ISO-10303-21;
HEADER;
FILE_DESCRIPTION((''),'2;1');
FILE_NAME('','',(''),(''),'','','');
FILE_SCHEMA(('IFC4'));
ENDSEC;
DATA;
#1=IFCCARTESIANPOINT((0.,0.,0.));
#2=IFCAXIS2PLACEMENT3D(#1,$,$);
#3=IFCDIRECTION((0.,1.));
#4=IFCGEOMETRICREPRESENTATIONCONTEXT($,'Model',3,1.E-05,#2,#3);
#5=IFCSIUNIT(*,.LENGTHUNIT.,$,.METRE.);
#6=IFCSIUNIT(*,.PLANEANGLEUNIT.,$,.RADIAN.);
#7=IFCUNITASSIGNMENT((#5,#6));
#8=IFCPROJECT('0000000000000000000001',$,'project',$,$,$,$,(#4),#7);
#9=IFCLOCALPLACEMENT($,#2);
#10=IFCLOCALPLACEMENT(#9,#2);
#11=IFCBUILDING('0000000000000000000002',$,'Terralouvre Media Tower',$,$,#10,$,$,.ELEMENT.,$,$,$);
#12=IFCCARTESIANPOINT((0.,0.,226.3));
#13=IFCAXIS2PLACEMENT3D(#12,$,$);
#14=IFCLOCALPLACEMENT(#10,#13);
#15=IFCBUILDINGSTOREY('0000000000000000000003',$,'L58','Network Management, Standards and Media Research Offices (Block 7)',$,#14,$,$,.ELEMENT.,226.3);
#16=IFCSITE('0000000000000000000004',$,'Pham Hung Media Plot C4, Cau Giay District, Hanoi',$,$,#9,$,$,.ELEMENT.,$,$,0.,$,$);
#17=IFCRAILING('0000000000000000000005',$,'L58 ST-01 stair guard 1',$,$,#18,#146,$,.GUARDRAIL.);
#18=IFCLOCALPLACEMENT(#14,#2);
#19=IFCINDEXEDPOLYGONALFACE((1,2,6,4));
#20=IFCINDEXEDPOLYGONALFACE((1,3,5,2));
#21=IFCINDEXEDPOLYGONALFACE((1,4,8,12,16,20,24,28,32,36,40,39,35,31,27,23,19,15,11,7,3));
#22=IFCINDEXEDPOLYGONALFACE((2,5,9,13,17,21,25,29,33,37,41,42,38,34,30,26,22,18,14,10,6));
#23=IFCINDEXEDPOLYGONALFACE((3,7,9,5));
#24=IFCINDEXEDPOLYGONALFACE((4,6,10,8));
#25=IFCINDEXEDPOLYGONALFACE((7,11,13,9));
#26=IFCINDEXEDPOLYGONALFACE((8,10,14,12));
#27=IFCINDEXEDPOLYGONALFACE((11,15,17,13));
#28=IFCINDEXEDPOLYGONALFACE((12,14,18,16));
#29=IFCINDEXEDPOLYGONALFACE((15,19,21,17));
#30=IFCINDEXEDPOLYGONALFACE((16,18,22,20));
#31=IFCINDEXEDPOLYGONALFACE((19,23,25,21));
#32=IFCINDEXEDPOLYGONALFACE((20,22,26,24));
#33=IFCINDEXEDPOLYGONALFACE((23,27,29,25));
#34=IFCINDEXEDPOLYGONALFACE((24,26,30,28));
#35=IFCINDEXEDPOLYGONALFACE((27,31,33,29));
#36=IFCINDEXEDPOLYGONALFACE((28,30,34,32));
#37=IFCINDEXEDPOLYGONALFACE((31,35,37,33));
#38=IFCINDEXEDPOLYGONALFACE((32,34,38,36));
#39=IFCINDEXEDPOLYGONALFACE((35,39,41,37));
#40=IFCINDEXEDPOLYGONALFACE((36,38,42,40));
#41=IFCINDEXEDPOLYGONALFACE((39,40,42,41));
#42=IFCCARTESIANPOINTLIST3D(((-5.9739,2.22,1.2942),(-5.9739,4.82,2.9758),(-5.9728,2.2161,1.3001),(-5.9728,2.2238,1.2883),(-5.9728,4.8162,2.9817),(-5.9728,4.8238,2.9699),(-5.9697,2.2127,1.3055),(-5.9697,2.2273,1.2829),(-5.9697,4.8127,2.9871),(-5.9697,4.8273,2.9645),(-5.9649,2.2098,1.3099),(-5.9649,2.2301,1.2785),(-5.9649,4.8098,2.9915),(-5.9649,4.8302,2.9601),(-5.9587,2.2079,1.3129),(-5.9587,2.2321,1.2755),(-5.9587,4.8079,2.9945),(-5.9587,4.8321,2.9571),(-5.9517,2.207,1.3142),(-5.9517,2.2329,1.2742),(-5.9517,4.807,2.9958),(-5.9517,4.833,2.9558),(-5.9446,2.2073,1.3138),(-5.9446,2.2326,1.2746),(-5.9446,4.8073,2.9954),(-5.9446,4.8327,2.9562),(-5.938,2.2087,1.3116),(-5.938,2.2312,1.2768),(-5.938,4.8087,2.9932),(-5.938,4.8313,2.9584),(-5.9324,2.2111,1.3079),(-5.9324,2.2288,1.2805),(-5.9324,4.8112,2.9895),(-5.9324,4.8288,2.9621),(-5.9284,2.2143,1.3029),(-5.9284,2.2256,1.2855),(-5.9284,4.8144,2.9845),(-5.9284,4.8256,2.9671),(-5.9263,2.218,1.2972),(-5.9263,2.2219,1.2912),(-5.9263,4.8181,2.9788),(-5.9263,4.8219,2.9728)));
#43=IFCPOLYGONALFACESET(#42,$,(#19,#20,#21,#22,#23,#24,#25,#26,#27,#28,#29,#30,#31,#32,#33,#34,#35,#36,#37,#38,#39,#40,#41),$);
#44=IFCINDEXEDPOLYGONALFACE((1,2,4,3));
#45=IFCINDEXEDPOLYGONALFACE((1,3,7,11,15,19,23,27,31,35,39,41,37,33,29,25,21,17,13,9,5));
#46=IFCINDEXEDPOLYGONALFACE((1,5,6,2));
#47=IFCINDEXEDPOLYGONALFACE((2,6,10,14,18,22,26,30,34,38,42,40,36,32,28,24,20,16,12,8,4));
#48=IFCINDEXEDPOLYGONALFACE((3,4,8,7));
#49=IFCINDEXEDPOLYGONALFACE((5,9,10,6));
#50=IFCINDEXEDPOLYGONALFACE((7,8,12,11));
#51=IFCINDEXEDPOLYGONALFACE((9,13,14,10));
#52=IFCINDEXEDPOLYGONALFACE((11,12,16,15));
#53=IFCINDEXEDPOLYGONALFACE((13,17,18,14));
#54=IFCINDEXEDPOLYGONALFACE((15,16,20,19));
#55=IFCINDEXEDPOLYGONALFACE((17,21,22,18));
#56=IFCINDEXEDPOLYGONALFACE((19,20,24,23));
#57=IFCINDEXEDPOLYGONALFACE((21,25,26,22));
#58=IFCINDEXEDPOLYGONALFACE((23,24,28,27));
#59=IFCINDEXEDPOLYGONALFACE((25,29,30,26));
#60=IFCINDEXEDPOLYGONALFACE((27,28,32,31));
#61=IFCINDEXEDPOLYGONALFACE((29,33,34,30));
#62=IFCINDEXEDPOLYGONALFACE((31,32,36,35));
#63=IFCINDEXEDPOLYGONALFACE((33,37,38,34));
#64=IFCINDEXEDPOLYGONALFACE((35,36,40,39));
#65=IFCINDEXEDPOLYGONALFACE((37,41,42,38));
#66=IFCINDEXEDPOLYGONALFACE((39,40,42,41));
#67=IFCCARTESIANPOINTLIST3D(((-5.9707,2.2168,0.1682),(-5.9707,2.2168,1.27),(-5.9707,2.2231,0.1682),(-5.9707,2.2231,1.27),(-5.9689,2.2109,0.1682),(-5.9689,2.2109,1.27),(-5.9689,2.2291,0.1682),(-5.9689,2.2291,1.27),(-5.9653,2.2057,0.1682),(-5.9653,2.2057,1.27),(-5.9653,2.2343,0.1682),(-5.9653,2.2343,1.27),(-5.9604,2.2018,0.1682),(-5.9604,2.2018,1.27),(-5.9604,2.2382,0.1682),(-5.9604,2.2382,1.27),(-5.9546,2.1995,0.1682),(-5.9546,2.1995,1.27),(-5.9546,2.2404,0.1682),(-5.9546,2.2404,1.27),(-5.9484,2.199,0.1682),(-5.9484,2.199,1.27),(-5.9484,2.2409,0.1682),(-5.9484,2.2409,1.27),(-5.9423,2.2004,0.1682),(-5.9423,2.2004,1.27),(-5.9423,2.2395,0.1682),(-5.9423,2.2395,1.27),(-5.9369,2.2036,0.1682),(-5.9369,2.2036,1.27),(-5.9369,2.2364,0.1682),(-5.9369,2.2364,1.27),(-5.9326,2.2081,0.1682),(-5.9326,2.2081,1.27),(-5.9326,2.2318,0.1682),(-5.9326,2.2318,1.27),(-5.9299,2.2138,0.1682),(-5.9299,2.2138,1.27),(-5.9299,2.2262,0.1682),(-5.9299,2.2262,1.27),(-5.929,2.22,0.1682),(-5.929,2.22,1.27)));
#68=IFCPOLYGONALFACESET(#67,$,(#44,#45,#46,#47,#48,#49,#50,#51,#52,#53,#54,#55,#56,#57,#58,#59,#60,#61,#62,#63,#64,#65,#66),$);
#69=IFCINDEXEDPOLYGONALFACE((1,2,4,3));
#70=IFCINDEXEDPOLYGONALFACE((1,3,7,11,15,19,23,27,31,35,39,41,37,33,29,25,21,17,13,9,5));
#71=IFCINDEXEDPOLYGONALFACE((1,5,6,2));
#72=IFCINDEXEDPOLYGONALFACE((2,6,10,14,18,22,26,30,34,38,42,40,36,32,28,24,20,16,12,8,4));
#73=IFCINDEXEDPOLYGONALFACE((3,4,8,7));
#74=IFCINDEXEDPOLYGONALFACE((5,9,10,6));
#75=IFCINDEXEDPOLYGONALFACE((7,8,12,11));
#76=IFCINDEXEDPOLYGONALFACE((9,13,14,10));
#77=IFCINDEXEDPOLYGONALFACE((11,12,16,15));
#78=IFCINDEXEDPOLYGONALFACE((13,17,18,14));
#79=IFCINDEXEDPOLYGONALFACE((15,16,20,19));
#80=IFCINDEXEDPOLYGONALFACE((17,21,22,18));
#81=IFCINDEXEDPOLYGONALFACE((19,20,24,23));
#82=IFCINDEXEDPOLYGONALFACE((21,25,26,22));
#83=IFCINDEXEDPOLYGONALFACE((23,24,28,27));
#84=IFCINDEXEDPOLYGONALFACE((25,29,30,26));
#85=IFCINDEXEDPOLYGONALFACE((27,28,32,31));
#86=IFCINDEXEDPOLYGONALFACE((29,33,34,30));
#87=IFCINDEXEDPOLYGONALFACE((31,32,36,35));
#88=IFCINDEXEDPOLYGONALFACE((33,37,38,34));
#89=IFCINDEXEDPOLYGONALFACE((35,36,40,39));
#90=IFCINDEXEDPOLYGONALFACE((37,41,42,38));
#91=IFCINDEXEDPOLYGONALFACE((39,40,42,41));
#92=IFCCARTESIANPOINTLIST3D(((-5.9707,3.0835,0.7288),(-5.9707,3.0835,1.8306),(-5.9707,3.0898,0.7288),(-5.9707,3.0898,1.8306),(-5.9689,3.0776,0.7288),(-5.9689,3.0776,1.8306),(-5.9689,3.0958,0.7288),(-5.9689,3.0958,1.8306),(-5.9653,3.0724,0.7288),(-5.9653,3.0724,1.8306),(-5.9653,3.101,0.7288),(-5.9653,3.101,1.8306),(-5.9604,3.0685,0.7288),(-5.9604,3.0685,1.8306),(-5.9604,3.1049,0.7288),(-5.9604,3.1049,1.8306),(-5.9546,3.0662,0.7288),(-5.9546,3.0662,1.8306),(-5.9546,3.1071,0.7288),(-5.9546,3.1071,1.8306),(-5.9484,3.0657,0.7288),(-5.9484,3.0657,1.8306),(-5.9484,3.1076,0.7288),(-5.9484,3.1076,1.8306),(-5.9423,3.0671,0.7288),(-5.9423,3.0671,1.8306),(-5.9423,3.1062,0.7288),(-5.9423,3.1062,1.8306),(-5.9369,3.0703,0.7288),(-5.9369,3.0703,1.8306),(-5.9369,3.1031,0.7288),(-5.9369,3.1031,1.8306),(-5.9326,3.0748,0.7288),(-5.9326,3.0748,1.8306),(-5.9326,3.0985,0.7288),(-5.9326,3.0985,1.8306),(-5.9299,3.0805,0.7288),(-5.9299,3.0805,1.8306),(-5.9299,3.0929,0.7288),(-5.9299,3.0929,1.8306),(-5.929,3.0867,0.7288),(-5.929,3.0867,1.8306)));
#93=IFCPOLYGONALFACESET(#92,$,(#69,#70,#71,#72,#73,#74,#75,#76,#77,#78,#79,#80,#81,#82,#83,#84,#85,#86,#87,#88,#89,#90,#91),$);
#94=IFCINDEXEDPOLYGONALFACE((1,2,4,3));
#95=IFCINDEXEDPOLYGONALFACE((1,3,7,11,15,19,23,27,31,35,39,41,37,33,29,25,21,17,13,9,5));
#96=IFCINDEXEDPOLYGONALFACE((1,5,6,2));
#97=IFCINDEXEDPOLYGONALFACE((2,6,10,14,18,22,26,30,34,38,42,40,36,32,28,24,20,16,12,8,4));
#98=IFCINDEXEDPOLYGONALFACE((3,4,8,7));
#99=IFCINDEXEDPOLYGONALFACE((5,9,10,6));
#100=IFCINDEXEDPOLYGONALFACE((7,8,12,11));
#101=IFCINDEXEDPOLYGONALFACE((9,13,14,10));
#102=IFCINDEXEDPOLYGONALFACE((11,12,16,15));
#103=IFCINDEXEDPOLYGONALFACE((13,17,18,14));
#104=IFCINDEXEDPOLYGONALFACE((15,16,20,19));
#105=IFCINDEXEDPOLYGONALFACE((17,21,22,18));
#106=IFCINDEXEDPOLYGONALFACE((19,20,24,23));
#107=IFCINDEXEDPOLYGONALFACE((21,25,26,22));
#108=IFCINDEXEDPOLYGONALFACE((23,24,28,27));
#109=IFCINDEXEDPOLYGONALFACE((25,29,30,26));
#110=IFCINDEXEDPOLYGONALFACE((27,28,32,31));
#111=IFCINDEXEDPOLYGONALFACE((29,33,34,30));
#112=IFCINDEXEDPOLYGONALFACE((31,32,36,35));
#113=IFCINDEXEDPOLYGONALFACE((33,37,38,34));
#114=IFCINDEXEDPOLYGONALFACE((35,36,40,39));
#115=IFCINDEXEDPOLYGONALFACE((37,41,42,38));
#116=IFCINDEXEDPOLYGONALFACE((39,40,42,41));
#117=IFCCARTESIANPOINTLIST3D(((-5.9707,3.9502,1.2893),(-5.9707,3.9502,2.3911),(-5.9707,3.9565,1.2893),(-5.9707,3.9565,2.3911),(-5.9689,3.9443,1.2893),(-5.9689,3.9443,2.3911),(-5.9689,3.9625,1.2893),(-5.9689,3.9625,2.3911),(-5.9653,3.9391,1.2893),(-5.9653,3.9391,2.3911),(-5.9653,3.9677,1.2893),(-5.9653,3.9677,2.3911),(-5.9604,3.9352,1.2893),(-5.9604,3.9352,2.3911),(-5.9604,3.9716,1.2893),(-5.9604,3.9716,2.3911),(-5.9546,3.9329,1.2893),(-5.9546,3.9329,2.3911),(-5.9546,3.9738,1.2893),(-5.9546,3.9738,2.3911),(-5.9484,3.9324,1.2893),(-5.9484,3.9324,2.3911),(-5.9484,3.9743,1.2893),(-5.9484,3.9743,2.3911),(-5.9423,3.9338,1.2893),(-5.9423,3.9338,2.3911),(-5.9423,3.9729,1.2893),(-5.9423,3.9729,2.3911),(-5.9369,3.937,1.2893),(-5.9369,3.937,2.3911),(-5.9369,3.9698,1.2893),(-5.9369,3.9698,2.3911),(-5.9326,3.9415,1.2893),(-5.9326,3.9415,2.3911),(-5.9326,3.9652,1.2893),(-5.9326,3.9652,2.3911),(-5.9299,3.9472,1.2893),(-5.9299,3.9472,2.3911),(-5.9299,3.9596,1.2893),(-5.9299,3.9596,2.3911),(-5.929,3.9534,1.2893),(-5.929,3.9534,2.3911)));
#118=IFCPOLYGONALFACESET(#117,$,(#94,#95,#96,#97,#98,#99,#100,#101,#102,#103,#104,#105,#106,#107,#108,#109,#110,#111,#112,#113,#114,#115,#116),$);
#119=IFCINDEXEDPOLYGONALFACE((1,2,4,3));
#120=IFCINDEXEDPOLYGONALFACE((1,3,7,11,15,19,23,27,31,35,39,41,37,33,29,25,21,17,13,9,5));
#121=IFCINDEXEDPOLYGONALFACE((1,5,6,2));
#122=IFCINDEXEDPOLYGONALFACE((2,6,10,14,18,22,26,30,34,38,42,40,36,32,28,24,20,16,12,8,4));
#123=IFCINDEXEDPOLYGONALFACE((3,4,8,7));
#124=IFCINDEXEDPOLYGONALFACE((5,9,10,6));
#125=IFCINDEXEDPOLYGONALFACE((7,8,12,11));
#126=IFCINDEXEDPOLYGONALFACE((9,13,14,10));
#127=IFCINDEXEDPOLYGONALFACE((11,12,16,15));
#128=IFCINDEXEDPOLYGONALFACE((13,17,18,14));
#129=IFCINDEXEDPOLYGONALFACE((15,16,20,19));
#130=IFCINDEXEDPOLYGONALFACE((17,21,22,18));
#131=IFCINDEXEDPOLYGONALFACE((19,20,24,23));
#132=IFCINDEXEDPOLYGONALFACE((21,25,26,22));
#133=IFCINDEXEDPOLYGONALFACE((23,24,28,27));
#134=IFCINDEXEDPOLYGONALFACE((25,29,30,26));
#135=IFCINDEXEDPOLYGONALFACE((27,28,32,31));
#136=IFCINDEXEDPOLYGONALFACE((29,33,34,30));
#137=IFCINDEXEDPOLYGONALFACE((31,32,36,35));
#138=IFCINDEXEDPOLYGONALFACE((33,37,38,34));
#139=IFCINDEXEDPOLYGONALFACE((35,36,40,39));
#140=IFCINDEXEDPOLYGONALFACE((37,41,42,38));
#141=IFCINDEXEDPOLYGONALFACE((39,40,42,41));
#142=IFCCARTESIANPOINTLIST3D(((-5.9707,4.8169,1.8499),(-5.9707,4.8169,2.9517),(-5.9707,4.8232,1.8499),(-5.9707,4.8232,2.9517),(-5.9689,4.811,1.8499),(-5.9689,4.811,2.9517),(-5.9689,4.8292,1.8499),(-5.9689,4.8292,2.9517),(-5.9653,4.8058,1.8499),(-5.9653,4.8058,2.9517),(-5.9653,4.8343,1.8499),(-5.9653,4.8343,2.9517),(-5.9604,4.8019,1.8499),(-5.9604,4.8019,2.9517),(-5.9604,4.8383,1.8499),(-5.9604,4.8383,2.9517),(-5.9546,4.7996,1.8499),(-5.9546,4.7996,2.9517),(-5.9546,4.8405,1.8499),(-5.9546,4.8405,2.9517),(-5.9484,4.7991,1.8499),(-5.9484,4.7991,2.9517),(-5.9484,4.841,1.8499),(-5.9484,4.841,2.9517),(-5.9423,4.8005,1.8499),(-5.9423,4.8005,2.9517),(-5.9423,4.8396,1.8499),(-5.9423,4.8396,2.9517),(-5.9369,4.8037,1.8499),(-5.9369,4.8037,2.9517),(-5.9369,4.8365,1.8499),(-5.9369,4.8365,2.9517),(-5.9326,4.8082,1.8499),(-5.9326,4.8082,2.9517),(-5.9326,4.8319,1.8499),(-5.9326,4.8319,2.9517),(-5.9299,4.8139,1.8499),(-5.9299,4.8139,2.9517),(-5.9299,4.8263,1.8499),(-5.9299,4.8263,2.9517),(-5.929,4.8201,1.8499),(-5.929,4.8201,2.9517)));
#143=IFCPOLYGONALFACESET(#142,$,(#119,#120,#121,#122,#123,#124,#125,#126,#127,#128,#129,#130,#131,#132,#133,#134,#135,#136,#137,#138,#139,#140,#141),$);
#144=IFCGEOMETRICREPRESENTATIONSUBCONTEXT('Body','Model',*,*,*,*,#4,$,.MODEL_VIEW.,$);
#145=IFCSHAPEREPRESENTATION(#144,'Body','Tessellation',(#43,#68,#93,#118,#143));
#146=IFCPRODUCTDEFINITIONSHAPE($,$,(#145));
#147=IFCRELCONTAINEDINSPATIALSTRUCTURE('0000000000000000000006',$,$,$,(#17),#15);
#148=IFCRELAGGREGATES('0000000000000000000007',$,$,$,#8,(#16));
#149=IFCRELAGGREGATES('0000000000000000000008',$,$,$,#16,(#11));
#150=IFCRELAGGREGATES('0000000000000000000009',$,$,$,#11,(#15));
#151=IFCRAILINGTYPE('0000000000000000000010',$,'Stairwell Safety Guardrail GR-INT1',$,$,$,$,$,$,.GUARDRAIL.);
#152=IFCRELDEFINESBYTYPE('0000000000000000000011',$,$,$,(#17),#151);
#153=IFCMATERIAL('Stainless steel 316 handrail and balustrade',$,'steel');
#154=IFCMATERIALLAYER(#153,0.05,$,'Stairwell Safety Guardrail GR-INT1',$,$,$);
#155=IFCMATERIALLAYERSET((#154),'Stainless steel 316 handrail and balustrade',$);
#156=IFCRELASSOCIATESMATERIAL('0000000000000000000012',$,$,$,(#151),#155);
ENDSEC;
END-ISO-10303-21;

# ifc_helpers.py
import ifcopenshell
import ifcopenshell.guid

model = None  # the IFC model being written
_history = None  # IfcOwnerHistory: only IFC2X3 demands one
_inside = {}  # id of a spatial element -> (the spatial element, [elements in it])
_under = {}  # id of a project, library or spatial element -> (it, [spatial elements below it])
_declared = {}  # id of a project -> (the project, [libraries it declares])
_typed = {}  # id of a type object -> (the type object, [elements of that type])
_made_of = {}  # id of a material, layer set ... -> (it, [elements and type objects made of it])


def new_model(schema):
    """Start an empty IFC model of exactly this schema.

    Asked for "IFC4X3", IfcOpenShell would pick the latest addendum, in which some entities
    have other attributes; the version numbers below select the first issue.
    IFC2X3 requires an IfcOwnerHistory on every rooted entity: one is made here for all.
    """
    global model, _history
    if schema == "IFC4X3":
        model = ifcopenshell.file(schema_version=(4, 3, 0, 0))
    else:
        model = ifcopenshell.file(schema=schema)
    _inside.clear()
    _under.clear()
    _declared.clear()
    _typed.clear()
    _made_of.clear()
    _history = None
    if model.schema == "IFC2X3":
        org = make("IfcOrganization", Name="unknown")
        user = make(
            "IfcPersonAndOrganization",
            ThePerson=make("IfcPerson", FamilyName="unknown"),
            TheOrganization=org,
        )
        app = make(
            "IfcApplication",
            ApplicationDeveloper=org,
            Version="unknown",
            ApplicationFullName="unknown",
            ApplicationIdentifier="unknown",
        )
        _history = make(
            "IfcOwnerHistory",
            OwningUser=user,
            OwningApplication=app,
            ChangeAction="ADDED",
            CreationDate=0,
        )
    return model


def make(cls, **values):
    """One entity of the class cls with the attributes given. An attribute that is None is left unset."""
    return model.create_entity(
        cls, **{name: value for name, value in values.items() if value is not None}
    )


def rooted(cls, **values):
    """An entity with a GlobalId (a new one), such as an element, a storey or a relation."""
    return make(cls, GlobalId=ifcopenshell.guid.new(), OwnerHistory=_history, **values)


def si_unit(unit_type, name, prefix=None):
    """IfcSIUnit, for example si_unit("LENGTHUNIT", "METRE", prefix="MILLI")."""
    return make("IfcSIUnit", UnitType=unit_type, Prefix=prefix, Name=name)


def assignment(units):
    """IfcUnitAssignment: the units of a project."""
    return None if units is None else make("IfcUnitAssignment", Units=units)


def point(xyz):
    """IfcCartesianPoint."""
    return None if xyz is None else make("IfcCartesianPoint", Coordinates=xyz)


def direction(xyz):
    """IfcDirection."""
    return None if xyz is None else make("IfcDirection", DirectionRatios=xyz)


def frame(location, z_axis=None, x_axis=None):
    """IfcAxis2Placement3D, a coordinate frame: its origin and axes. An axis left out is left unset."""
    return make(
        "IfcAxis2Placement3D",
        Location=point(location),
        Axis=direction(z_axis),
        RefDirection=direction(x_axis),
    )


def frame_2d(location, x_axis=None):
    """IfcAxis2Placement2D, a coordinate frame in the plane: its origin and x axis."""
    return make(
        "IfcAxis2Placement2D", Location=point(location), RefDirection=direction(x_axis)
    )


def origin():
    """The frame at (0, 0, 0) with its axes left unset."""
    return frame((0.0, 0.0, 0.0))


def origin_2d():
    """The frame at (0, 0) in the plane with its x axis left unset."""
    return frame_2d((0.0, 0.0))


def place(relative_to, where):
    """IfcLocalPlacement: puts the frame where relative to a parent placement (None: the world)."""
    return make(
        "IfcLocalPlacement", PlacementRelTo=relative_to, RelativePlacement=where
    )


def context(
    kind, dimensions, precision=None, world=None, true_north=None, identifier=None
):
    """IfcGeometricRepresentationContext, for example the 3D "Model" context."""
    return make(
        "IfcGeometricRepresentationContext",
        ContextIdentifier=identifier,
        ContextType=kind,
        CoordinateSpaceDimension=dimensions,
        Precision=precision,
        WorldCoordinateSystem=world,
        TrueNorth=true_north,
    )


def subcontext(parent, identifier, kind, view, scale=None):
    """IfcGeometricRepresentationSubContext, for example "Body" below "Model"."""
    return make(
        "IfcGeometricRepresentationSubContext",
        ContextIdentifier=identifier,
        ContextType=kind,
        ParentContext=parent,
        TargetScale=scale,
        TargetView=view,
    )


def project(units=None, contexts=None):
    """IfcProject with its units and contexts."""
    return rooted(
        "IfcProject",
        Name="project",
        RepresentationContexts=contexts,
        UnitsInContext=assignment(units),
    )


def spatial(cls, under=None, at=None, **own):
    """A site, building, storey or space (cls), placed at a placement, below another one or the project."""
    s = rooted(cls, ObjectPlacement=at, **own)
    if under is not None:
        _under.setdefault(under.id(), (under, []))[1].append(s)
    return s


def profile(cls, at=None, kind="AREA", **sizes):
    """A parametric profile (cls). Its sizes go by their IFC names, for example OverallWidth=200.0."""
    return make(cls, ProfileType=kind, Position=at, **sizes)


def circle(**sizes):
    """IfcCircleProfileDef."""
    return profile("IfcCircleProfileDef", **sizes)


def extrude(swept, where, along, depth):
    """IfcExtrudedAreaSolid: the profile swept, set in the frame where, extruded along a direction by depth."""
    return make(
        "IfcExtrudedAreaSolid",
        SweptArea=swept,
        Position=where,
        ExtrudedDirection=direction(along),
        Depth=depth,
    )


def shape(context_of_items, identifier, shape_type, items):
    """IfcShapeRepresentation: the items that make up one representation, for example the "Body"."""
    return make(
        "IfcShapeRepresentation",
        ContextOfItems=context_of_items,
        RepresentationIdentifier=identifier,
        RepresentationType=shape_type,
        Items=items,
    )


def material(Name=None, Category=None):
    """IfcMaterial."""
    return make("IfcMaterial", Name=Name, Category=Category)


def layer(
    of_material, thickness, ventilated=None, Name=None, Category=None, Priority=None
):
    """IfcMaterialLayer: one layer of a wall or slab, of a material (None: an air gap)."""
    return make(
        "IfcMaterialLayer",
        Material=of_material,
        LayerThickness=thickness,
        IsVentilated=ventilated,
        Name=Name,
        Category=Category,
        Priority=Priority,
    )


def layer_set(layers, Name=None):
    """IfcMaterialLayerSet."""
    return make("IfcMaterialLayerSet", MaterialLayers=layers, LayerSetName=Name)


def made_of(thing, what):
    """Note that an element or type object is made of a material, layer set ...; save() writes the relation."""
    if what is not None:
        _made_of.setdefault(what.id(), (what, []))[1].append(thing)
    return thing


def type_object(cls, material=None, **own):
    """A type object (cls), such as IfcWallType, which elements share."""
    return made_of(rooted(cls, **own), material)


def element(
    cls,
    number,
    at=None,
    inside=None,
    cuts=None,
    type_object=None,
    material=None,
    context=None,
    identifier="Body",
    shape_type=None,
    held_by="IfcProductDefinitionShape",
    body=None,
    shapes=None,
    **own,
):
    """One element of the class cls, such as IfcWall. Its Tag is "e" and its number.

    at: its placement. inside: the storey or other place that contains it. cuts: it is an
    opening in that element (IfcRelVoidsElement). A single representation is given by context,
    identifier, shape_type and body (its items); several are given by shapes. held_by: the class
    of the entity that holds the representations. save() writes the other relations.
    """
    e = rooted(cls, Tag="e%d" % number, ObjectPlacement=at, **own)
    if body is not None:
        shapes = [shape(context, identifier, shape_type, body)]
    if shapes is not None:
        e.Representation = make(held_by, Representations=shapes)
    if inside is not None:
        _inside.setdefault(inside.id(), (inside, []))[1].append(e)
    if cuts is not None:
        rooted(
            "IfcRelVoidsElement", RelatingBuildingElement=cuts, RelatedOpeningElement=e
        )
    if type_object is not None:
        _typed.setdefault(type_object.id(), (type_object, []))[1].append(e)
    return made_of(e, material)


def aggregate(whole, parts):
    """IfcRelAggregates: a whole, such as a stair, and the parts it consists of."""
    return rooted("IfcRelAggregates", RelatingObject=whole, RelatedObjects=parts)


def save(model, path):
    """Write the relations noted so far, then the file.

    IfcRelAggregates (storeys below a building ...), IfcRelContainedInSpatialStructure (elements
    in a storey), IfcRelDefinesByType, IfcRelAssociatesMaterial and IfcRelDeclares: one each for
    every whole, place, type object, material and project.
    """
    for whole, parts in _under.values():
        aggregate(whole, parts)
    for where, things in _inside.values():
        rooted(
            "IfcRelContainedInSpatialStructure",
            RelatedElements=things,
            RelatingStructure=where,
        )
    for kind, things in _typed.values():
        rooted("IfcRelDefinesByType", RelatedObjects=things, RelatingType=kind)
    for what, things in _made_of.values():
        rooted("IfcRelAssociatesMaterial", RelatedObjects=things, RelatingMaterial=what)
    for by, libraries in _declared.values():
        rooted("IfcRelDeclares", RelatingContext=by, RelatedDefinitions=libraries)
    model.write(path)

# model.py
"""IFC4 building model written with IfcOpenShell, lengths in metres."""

from ifc_helpers import new_model, si_unit, direction, frame, origin, origin_2d, place, context, subcontext, project, spatial, circle, extrude, material, layer, layer_set, type_object, element, save


model = new_model("IFC4")

# Units and contexts
model_context = context("Model", 3, precision=1e-05, world=origin(), true_north=direction((0.0, 1.0)))
body_context = subcontext(model_context, "Body", "Model", "MODEL_VIEW")
ifc_project = project(units=[si_unit("LENGTHUNIT", "METRE"), si_unit("PLANEANGLEUNIT", "RADIAN")], contexts=[model_context])

# Site, building, storey
site_placement = place(None, origin())
site = spatial("IfcSite", under=ifc_project, at=site_placement, Name="Pham Hung Media Plot C4, Cau Giay District, Hanoi", CompositionType="ELEMENT", RefElevation=0.0)
building_placement = place(site_placement, origin())
building = spatial("IfcBuilding", under=site, at=building_placement, Name="Terralouvre Media Tower", CompositionType="ELEMENT")
storey_placement = place(building_placement, frame((0.0, 0.0, 226.3)))
storey = spatial("IfcBuildingStorey", under=building, at=storey_placement, Name="L58", Description="Network Management, Standards and Media Research Offices (Block 7)", CompositionType="ELEMENT", Elevation=226.3)

# Railing
ifc_material_1 = material(Name="Stainless steel 316 handrail and balustrade", Category="steel")
ifc_layer_1 = layer(ifc_material_1, 0.05, Name="Stairwell Safety Guardrail GR-INT1")
ifc_layer_set_1 = layer_set([ifc_layer_1], Name="Stainless steel 316 handrail and balustrade")
railing_type_1 = type_object("IfcRailingType", Name="Stairwell Safety Guardrail GR-INT1", PredefinedType="GUARDRAIL", material=ifc_layer_set_1)
railing_1_placement = place(storey_placement, frame((-5.95, 2.22, 0.1682)))
element("IfcRailing", 1, at=railing_1_placement, inside=storey, type_object=railing_type_1, Name="L58 ST-01 stair guard 1", PredefinedType="GUARDRAIL", context=body_context, shape_type="SweptSolid", body=[
    extrude(circle(Radius=0.0239, at=origin_2d()), frame((0.0, 0.0, 1.126), z_axis=(0.0, 0.839684, 0.543075), x_axis=(-1.0, 0.0, 0.0)), (0.0, 0.0, 1.0), 3.0964),
    extrude(circle(Radius=0.021, at=origin_2d()), origin(), (0.0, 0.0, 1.0), 1.1018),
    extrude(circle(Radius=0.021, at=origin_2d()), frame((0.0, 0.8667, 0.5605)), (0.0, 0.0, 1.0), 1.1018),
    extrude(circle(Radius=0.021, at=origin_2d()), frame((0.0, 1.7334, 1.1211)), (0.0, 0.0, 1.0), 1.1018),
    extrude(circle(Radius=0.021, at=origin_2d()), frame((0.0, 2.6001, 1.6816)), (0.0, 0.0, 1.0), 1.1018),
])

save(model, "model.ifc")
